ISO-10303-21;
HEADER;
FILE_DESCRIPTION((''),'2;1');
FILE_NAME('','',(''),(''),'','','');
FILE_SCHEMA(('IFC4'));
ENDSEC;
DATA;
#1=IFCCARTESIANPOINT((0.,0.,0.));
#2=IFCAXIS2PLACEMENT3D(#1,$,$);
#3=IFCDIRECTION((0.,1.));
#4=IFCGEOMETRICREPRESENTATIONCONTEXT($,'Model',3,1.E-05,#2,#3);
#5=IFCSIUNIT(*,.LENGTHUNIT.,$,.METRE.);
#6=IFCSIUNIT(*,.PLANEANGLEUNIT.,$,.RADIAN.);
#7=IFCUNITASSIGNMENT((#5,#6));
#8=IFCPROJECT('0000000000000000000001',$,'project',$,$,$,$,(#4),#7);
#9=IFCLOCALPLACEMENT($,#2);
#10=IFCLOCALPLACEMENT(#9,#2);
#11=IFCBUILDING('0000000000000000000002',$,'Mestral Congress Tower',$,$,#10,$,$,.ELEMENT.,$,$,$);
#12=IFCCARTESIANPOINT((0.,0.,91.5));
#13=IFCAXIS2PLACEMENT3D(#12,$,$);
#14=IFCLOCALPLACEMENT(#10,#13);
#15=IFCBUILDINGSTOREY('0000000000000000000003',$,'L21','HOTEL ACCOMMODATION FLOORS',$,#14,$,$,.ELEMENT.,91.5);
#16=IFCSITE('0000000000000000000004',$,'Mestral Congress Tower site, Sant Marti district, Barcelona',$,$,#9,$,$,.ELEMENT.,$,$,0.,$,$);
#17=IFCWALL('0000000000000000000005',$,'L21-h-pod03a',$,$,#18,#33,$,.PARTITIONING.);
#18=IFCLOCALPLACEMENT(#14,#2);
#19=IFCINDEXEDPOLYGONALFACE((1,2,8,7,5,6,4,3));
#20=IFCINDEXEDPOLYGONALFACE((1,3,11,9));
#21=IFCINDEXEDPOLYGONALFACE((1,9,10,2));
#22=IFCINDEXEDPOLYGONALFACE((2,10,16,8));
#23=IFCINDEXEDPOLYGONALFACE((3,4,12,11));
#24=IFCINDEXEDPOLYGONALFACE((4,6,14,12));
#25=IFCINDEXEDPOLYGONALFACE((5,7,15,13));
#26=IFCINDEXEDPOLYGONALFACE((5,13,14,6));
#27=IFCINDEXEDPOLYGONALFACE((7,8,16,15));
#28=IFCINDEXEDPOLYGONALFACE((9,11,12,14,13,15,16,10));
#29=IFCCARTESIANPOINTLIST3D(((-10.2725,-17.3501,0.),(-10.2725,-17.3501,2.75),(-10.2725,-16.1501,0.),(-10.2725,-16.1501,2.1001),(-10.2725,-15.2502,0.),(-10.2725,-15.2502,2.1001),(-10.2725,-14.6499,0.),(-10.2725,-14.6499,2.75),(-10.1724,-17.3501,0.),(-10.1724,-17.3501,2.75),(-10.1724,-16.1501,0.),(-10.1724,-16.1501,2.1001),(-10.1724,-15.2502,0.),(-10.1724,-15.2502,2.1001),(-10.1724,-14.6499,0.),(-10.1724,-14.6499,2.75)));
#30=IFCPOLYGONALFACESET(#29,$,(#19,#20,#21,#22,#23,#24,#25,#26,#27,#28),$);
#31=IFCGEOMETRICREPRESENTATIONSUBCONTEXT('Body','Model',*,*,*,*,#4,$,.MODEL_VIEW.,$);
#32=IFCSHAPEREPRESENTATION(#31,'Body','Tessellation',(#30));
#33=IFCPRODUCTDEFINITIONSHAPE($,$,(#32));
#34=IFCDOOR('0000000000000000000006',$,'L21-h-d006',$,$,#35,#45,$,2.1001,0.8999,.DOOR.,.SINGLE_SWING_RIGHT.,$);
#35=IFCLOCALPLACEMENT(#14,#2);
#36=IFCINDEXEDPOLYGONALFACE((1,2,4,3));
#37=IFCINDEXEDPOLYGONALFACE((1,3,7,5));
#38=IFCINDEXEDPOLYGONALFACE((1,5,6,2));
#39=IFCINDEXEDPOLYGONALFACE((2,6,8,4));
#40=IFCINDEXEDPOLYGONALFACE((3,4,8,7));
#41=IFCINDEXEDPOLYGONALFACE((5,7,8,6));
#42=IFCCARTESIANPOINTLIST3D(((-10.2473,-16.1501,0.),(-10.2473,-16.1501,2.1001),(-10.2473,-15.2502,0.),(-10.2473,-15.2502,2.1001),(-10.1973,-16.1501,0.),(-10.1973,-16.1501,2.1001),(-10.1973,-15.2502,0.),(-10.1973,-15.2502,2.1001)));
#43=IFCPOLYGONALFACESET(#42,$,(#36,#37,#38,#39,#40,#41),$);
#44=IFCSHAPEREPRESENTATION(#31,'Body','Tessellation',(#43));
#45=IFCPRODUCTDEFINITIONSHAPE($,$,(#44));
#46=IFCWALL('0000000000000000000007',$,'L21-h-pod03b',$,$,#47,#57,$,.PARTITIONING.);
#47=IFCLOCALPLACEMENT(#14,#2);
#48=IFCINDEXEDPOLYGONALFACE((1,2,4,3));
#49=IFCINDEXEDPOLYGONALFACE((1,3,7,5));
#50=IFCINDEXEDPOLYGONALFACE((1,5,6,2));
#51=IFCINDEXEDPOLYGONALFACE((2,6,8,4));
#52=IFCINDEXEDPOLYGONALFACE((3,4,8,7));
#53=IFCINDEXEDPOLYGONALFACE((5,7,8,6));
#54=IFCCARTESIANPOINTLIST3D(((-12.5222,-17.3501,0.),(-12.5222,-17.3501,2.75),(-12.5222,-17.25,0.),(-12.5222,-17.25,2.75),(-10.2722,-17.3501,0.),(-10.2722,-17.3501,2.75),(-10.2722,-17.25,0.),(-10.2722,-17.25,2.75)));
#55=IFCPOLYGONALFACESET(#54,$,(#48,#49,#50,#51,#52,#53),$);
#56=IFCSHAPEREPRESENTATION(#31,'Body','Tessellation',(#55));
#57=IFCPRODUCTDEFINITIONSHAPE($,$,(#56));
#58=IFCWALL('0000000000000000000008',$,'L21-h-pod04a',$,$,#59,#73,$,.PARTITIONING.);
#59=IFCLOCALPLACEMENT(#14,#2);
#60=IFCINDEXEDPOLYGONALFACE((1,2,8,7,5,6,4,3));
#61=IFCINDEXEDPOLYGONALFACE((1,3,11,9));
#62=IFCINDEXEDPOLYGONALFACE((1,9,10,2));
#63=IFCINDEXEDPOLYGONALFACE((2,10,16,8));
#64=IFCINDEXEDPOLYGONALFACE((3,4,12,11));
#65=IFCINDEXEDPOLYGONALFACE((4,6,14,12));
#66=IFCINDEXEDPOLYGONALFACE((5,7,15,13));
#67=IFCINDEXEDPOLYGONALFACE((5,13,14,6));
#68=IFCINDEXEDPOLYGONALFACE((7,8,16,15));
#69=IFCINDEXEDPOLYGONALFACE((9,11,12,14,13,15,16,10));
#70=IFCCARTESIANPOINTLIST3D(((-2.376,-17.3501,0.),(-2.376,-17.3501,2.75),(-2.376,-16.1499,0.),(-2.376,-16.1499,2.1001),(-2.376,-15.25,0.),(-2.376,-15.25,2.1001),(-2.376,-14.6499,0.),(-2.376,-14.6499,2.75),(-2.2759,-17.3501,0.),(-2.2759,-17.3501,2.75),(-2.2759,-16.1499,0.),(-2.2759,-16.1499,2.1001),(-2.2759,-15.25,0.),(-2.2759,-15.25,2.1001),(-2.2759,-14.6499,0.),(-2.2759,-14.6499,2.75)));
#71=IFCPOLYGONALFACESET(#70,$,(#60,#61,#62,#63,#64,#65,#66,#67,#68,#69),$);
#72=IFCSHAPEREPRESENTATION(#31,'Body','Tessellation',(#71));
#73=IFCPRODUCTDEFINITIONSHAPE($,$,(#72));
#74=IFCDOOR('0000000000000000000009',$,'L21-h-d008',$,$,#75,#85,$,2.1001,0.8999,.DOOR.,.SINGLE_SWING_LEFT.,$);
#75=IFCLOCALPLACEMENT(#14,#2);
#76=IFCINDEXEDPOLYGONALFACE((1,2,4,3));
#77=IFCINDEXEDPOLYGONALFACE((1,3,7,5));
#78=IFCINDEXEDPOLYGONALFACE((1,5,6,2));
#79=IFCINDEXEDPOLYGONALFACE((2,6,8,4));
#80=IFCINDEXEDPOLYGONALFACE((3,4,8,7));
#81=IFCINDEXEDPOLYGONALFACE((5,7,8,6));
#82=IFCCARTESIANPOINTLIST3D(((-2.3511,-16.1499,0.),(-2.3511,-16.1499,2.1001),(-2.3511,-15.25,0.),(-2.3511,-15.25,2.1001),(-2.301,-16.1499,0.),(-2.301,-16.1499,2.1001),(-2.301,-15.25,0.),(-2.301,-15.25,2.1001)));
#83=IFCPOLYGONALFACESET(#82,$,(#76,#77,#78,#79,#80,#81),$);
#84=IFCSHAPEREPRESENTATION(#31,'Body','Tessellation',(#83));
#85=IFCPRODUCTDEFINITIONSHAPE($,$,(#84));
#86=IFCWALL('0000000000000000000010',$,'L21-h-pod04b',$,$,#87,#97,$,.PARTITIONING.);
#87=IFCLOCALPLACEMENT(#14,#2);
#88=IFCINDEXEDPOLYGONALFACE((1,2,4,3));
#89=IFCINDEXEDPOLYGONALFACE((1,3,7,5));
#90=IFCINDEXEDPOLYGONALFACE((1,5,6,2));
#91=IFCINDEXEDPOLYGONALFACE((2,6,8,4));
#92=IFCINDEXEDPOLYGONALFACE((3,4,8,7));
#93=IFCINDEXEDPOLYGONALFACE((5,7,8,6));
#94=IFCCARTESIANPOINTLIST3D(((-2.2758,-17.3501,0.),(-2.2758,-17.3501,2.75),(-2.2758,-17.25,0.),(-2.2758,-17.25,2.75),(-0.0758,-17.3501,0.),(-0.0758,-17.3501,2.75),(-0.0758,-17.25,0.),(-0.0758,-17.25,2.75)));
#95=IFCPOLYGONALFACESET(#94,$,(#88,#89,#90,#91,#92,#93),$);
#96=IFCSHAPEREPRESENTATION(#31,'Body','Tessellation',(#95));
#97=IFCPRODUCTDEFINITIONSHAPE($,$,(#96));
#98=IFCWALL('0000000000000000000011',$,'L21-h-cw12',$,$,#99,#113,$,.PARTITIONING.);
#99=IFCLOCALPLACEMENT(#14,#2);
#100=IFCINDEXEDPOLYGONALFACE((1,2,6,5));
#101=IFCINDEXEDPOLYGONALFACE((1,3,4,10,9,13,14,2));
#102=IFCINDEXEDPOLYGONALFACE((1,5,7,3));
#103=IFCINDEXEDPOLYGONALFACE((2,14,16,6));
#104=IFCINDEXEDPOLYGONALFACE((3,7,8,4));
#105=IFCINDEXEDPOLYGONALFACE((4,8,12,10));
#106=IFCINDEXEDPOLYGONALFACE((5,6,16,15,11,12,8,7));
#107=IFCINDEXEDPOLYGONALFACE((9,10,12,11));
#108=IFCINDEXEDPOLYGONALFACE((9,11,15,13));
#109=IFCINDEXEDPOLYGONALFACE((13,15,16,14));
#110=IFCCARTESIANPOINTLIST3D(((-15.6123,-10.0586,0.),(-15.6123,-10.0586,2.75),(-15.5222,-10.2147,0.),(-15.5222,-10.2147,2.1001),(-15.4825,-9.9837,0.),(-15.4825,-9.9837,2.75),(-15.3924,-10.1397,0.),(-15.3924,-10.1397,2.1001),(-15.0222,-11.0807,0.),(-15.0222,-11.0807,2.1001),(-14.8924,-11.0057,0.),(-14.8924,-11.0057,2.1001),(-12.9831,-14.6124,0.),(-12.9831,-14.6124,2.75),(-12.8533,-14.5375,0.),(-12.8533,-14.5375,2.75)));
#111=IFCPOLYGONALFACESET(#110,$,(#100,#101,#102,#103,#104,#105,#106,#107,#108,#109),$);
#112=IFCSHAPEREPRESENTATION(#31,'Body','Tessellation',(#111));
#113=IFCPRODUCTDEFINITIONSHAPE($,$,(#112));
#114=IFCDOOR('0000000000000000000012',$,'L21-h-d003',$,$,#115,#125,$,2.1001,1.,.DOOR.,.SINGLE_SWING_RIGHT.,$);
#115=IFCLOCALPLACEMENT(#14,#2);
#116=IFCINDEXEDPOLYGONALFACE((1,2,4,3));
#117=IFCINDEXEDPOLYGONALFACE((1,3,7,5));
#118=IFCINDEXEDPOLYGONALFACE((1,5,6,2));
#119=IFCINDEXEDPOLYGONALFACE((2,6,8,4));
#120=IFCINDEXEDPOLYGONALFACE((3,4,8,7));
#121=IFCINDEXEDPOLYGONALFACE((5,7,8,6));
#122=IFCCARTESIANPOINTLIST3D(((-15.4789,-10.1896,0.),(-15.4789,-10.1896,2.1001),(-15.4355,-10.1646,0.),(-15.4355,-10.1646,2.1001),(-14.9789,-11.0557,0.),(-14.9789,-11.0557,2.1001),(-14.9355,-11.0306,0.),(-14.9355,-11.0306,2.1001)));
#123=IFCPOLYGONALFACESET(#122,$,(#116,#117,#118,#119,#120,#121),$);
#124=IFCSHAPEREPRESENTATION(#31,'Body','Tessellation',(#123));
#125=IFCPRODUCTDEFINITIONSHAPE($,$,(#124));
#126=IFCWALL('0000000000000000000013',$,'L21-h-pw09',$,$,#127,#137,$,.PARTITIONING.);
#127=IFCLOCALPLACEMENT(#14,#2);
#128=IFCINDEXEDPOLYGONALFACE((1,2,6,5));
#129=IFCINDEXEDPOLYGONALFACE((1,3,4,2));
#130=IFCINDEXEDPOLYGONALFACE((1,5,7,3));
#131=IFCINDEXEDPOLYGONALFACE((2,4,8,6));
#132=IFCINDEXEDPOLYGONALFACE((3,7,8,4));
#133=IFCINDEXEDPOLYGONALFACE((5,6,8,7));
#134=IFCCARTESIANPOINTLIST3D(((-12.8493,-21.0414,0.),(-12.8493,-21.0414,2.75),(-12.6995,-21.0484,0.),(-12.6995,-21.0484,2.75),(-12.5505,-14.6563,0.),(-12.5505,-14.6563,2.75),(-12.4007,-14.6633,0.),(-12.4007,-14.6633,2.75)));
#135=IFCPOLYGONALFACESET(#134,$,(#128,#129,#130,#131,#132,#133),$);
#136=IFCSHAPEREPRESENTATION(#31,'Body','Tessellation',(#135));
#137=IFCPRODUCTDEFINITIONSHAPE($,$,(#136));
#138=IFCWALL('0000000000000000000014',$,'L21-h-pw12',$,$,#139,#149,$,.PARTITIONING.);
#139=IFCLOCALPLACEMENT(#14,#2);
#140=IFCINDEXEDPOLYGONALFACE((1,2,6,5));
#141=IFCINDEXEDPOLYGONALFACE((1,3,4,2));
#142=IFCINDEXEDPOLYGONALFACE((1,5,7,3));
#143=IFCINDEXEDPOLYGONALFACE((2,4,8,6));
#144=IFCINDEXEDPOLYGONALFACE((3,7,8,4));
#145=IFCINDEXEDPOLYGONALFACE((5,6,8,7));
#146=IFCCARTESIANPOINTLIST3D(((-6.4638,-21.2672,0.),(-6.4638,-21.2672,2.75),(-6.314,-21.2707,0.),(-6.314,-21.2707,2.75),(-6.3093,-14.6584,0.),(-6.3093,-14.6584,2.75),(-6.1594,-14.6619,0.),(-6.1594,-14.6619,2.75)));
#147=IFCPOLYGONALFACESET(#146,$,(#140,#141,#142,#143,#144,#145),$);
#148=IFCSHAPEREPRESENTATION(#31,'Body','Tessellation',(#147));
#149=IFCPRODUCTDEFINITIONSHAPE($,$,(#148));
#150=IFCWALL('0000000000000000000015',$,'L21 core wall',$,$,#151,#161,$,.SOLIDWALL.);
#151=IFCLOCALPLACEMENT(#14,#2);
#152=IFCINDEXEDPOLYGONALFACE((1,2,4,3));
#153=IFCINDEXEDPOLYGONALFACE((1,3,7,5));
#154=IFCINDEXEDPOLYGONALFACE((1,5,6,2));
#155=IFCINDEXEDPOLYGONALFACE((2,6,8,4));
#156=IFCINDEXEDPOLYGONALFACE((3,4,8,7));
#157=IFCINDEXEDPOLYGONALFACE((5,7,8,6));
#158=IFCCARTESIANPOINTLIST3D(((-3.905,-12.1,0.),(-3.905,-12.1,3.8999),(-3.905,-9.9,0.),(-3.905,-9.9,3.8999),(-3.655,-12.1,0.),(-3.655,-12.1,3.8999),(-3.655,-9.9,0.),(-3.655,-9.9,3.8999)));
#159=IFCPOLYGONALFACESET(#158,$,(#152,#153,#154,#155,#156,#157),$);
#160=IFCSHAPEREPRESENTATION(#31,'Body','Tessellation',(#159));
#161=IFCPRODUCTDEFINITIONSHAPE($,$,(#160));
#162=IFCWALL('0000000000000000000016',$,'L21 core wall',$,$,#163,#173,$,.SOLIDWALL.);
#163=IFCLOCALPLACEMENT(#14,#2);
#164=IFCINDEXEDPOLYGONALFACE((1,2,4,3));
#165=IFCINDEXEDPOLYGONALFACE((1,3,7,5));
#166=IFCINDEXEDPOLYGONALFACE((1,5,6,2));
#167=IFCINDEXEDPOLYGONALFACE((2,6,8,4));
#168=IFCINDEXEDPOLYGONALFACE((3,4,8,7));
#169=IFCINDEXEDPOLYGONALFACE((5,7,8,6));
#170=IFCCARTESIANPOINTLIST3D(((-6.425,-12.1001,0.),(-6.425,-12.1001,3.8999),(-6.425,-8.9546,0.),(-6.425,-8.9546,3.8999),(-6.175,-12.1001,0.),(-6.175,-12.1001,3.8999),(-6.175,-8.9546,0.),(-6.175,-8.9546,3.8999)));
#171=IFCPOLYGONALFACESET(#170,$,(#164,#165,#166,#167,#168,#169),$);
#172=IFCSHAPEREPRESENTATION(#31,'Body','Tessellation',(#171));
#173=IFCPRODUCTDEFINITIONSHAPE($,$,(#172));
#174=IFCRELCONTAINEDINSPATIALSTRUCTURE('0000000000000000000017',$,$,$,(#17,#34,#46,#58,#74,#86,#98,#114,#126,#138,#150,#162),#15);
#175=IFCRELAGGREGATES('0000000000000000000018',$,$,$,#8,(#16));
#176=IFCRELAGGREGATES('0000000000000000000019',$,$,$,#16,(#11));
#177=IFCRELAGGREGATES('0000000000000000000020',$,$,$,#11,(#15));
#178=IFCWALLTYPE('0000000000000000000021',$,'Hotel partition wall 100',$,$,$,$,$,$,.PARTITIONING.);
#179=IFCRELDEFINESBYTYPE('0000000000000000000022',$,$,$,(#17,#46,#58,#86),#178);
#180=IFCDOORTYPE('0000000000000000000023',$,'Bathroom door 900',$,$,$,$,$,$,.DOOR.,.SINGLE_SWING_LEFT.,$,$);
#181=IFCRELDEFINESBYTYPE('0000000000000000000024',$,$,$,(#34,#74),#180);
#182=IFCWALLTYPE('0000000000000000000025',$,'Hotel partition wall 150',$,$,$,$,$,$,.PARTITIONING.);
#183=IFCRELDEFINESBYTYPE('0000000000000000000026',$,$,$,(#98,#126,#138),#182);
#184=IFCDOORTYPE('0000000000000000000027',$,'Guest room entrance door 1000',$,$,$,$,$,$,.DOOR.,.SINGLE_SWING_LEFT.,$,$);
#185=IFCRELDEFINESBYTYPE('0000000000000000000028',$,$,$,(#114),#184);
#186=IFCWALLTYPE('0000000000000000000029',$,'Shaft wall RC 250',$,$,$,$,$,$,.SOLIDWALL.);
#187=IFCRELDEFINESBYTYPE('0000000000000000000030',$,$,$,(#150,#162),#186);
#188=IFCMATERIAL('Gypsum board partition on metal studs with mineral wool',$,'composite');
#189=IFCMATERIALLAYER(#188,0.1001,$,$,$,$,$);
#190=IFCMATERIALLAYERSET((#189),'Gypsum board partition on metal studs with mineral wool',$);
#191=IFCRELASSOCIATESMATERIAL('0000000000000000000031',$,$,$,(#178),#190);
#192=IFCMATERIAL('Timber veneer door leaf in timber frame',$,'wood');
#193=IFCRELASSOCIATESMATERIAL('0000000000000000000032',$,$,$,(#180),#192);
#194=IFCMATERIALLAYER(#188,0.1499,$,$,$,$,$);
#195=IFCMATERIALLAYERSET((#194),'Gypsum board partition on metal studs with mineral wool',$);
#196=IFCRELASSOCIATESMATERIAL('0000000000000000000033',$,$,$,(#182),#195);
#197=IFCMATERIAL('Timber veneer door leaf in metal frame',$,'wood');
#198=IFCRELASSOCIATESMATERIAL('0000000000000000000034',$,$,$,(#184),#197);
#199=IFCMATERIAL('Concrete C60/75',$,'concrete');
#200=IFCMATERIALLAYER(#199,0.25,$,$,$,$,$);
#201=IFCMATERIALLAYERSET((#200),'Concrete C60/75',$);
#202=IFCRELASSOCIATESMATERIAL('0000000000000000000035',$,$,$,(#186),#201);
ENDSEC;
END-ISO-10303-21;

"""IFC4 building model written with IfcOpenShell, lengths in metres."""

from ifc_helpers import new_model, si_unit, direction, frame, frame_2d, origin, place, context, subcontext, project, spatial, rectangle, extrude, material, layer, layer_set, type_object, element, fill, save


model = new_model("IFC4")

# Units and contexts
model_context = context("Model", 3, precision=1e-05, world=origin(), true_north=direction((0.0, 1.0)))
body_context = subcontext(model_context, "Body", "Model", "MODEL_VIEW")
ifc_project = project(units=[si_unit("LENGTHUNIT", "METRE"), si_unit("PLANEANGLEUNIT", "RADIAN")], contexts=[model_context])

# Site, building, storey
site_placement = place(None, origin())
site = spatial("IfcSite", under=ifc_project, at=site_placement, Name="Mestral Congress Tower site, Sant Marti district, Barcelona", CompositionType="ELEMENT", RefElevation=0.0)
building_placement = place(site_placement, origin())
building = spatial("IfcBuilding", under=site, at=building_placement, Name="Mestral Congress Tower", CompositionType="ELEMENT")
storey_placement = place(building_placement, frame((0.0, 0.0, 91.5)))
storey = spatial("IfcBuildingStorey", under=building, at=storey_placement, Name="L21", Description="HOTEL ACCOMMODATION FLOORS", CompositionType="ELEMENT", Elevation=91.5)

# Shared definitions
ifc_material_1 = material(Name="Concrete C60/75", Category="concrete")

# Shared definitions
ifc_material_2 = material(Name="Gypsum board partition on metal studs with mineral wool", Category="composite")
ifc_layer_1 = layer(ifc_material_2, 0.1001)
ifc_layer_set_1 = layer_set([ifc_layer_1], Name="Gypsum board partition on metal studs with mineral wool")
wall_type_1 = type_object("IfcWallType", Name="Hotel partition wall 100", PredefinedType="PARTITIONING", material=ifc_layer_set_1)
ifc_material_3 = material(Name="Timber veneer door leaf in timber frame", Category="wood")
door_type_1 = type_object("IfcDoorType", Name="Bathroom door 900", OperationType="SINGLE_SWING_LEFT", PredefinedType="DOOR", material=ifc_material_3)

# Wall, opening, door
wall_1_placement = place(storey_placement, frame((-10.2224, -17.3501, 0.0), z_axis=(0.0, 0.0, 1.0), x_axis=(0.0, 1.0, 0.0)))
wall_1 = element("IfcWall", 1, at=wall_1_placement, inside=storey, type_object=wall_type_1, Name="L21-h-pod03a", PredefinedType="PARTITIONING", context=body_context, shape_type="SweptSolid", body=[
    extrude(rectangle(XDim=2.7002, YDim=0.1001, at=frame_2d((1.3501, 0.0))), origin(), (0.0, 0.0, 1.0), 2.75),
])
opening_1_placement = place(wall_1_placement, frame((1.2, 0.0, 0.0)))
opening_1 = element("IfcOpeningElement", 2, at=opening_1_placement, cuts=wall_1, PredefinedType="OPENING", context=body_context, shape_type="SweptSolid", body=[
    extrude(rectangle(XDim=0.8999, YDim=2.1001, at=frame_2d((0.45, 1.05))), frame((0.0, 0.0601, 0.0), z_axis=(0.0, -1.0, 0.0), x_axis=(1.0, 0.0, 0.0)), (0.0, 0.0, 1.0), 0.1201),
])
door_1_placement = place(opening_1_placement, origin())
door_1 = element("IfcDoor", 3, at=door_1_placement, inside=storey, type_object=door_type_1, Name="L21-h-d006", OperationType="SINGLE_SWING_RIGHT", OverallHeight=2.1001, OverallWidth=0.8999, PredefinedType="DOOR", context=body_context, shape_type="SweptSolid", body=[
    extrude(rectangle(XDim=0.8999, YDim=2.1001, at=frame_2d((0.45, 1.05))), frame((0.0, 0.0249, 0.0), z_axis=(0.0, -1.0, 0.0), x_axis=(1.0, 0.0, 0.0)), (0.0, 0.0, 1.0), 0.05),
])
fill(opening_1, door_1)

# Wall
wall_2_placement = place(storey_placement, frame((-10.2722, -17.3, 0.0), z_axis=(0.0, 0.0, 1.0), x_axis=(-1.0, 0.0, 0.0)))
element("IfcWall", 4, at=wall_2_placement, inside=storey, type_object=wall_type_1, Name="L21-h-pod03b", PredefinedType="PARTITIONING", context=body_context, shape_type="SweptSolid", body=[
    extrude(rectangle(XDim=2.25, YDim=0.1001, at=frame_2d((1.125, 0.0))), origin(), (0.0, 0.0, 1.0), 2.75),
])

# Wall, opening, door
wall_3_placement = place(storey_placement, frame((-2.3259, -14.6499, 0.0), z_axis=(0.0, 0.0, 1.0), x_axis=(0.0, -1.0, 0.0)))
wall_3 = element("IfcWall", 5, at=wall_3_placement, inside=storey, type_object=wall_type_1, Name="L21-h-pod04a", PredefinedType="PARTITIONING", context=body_context, shape_type="SweptSolid", body=[
    extrude(rectangle(XDim=2.7002, YDim=0.1001, at=frame_2d((1.3501, 0.0))), origin(), (0.0, 0.0, 1.0), 2.75),
])
opening_2_placement = place(wall_3_placement, frame((0.6001, 0.0, 0.0)))
opening_2 = element("IfcOpeningElement", 6, at=opening_2_placement, cuts=wall_3, PredefinedType="OPENING", context=body_context, shape_type="SweptSolid", body=[
    extrude(rectangle(XDim=0.8999, YDim=2.1001, at=frame_2d((0.45, 1.05))), frame((0.0, 0.0601, 0.0), z_axis=(0.0, -1.0, 0.0), x_axis=(1.0, 0.0, 0.0)), (0.0, 0.0, 1.0), 0.1201),
])
door_2_placement = place(opening_2_placement, origin())
door_2 = element("IfcDoor", 7, at=door_2_placement, inside=storey, type_object=door_type_1, Name="L21-h-d008", OperationType="SINGLE_SWING_LEFT", OverallHeight=2.1001, OverallWidth=0.8999, PredefinedType="DOOR", context=body_context, shape_type="SweptSolid", body=[
    extrude(rectangle(XDim=0.8999, YDim=2.1001, at=frame_2d((0.45, 1.05))), frame((0.0, 0.0249, 0.0), z_axis=(0.0, -1.0, 0.0), x_axis=(1.0, 0.0, 0.0)), (0.0, 0.0, 1.0), 0.05),
])
fill(opening_2, door_2)

# Wall
wall_4_placement = place(storey_placement, frame((-2.2759, -17.3, 0.0), z_axis=(0.0, 0.0, 1.0), x_axis=(1.0, 0.0, 0.0)))
element("IfcWall", 8, at=wall_4_placement, inside=storey, type_object=wall_type_1, Name="L21-h-pod04b", PredefinedType="PARTITIONING", context=body_context, shape_type="SweptSolid", body=[
    extrude(rectangle(XDim=2.2, YDim=0.1001, at=frame_2d((1.1001, 0.0))), origin(), (0.0, 0.0, 1.0), 2.75),
])

# Wall, opening, door
ifc_layer_2 = layer(ifc_material_2, 0.1499)
ifc_layer_set_2 = layer_set([ifc_layer_2], Name="Gypsum board partition on metal studs with mineral wool")
wall_type_2 = type_object("IfcWallType", Name="Hotel partition wall 150", PredefinedType="PARTITIONING", material=ifc_layer_set_2)
wall_5_placement = place(storey_placement, frame((-12.9182, -14.575, 0.0), z_axis=(0.0, 0.0, 1.0), x_axis=(-0.500009, 0.86602, 0.0)))
wall_5 = element("IfcWall", 9, at=wall_5_placement, inside=storey, type_object=wall_type_2, Name="L21-h-cw12", PredefinedType="PARTITIONING", context=body_context, shape_type="SweptSolid", body=[
    extrude(rectangle(XDim=5.2583, YDim=0.1499, at=frame_2d((2.6292, 0.0))), origin(), (0.0, 0.0, 1.0), 2.75),
])
opening_3_placement = place(wall_5_placement, frame((4.0781, 0.0, 0.0)))
opening_3 = element("IfcOpeningElement", 10, at=opening_3_placement, cuts=wall_5, PredefinedType="OPENING", context=body_context, shape_type="SweptSolid", body=[
    extrude(rectangle(XDim=1.0, YDim=2.1001, at=frame_2d((0.5, 1.05))), frame((0.0, 0.085, 0.0), z_axis=(0.0, -1.0, 0.0), x_axis=(1.0, 0.0, 0.0)), (0.0, 0.0, 1.0), 0.1699),
])
ifc_material_4 = material(Name="Timber veneer door leaf in metal frame", Category="wood")
door_type_2 = type_object("IfcDoorType", Name="Guest room entrance door 1000", OperationType="SINGLE_SWING_LEFT", PredefinedType="DOOR", material=ifc_material_4)
door_3_placement = place(opening_3_placement, origin())
door_3 = element("IfcDoor", 11, at=door_3_placement, inside=storey, type_object=door_type_2, Name="L21-h-d003", OperationType="SINGLE_SWING_RIGHT", OverallHeight=2.1001, OverallWidth=1.0, PredefinedType="DOOR", context=body_context, shape_type="SweptSolid", body=[
    extrude(rectangle(XDim=1.0, YDim=2.1001, at=frame_2d((0.5, 1.05))), frame((0.0, 0.0249, 0.0), z_axis=(0.0, -1.0, 0.0), x_axis=(1.0, 0.0, 0.0)), (0.0, 0.0, 1.0), 0.05),
])
fill(opening_3, door_3)

# Walls
wall_6_placement = place(storey_placement, frame((-12.7744, -21.0449, 0.0), z_axis=(0.0, 0.0, 1.0), x_axis=(0.04675, 0.998907, 0.0)))
element("IfcWall", 12, at=wall_6_placement, inside=storey, type_object=wall_type_2, Name="L21-h-pw09", PredefinedType="PARTITIONING", context=body_context, shape_type="SweptSolid", body=[
    extrude(rectangle(XDim=6.3921, YDim=0.1499, at=frame_2d((3.196, 0.0))), origin(), (0.0, 0.0, 1.0), 2.75),
])
wall_7_placement = place(storey_placement, frame((-6.3889, -21.2688, 0.0), z_axis=(0.0, 0.0, 1.0), x_axis=(0.023377, 0.999727, 0.0)))
element("IfcWall", 13, at=wall_7_placement, inside=storey, type_object=wall_type_2, Name="L21-h-pw12", PredefinedType="PARTITIONING", context=body_context, shape_type="SweptSolid", body=[
    extrude(rectangle(XDim=6.6106, YDim=0.1499, at=frame_2d((3.3052, 0.0))), origin(), (0.0, 0.0, 1.0), 2.75),
])
ifc_layer_3 = layer(ifc_material_1, 0.25)
ifc_layer_set_3 = layer_set([ifc_layer_3], Name="Concrete C60/75")
wall_type_3 = type_object("IfcWallType", Name="Shaft wall RC 250", PredefinedType="SOLIDWALL", material=ifc_layer_set_3)
wall_8_placement = place(storey_placement, frame((-3.78, -12.1001, 0.0), z_axis=(0.0, 0.0, 1.0), x_axis=(0.0, 1.0, 0.0)))
element("IfcWall", 14, at=wall_8_placement, inside=storey, type_object=wall_type_3, Name="L21 core wall", PredefinedType="SOLIDWALL", context=body_context, shape_type="SweptSolid", body=[
    extrude(rectangle(XDim=2.2, YDim=0.25, at=frame_2d((1.1001, 0.0))), origin(), (0.0, 0.0, 1.0), 3.8999),
])
wall_9_placement = place(storey_placement, frame((-6.3, -12.1001, 0.0), z_axis=(0.0, 0.0, 1.0), x_axis=(0.0, 1.0, 0.0)))
element("IfcWall", 15, at=wall_9_placement, inside=storey, type_object=wall_type_3, Name="L21 core wall", PredefinedType="SOLIDWALL", context=body_context, shape_type="SweptSolid", body=[
    extrude(rectangle(XDim=3.1455, YDim=0.25, at=frame_2d((1.5728, 0.0))), origin(), (0.0, 0.0, 1.0), 3.8999),
])

save(model, "model.ifc")
